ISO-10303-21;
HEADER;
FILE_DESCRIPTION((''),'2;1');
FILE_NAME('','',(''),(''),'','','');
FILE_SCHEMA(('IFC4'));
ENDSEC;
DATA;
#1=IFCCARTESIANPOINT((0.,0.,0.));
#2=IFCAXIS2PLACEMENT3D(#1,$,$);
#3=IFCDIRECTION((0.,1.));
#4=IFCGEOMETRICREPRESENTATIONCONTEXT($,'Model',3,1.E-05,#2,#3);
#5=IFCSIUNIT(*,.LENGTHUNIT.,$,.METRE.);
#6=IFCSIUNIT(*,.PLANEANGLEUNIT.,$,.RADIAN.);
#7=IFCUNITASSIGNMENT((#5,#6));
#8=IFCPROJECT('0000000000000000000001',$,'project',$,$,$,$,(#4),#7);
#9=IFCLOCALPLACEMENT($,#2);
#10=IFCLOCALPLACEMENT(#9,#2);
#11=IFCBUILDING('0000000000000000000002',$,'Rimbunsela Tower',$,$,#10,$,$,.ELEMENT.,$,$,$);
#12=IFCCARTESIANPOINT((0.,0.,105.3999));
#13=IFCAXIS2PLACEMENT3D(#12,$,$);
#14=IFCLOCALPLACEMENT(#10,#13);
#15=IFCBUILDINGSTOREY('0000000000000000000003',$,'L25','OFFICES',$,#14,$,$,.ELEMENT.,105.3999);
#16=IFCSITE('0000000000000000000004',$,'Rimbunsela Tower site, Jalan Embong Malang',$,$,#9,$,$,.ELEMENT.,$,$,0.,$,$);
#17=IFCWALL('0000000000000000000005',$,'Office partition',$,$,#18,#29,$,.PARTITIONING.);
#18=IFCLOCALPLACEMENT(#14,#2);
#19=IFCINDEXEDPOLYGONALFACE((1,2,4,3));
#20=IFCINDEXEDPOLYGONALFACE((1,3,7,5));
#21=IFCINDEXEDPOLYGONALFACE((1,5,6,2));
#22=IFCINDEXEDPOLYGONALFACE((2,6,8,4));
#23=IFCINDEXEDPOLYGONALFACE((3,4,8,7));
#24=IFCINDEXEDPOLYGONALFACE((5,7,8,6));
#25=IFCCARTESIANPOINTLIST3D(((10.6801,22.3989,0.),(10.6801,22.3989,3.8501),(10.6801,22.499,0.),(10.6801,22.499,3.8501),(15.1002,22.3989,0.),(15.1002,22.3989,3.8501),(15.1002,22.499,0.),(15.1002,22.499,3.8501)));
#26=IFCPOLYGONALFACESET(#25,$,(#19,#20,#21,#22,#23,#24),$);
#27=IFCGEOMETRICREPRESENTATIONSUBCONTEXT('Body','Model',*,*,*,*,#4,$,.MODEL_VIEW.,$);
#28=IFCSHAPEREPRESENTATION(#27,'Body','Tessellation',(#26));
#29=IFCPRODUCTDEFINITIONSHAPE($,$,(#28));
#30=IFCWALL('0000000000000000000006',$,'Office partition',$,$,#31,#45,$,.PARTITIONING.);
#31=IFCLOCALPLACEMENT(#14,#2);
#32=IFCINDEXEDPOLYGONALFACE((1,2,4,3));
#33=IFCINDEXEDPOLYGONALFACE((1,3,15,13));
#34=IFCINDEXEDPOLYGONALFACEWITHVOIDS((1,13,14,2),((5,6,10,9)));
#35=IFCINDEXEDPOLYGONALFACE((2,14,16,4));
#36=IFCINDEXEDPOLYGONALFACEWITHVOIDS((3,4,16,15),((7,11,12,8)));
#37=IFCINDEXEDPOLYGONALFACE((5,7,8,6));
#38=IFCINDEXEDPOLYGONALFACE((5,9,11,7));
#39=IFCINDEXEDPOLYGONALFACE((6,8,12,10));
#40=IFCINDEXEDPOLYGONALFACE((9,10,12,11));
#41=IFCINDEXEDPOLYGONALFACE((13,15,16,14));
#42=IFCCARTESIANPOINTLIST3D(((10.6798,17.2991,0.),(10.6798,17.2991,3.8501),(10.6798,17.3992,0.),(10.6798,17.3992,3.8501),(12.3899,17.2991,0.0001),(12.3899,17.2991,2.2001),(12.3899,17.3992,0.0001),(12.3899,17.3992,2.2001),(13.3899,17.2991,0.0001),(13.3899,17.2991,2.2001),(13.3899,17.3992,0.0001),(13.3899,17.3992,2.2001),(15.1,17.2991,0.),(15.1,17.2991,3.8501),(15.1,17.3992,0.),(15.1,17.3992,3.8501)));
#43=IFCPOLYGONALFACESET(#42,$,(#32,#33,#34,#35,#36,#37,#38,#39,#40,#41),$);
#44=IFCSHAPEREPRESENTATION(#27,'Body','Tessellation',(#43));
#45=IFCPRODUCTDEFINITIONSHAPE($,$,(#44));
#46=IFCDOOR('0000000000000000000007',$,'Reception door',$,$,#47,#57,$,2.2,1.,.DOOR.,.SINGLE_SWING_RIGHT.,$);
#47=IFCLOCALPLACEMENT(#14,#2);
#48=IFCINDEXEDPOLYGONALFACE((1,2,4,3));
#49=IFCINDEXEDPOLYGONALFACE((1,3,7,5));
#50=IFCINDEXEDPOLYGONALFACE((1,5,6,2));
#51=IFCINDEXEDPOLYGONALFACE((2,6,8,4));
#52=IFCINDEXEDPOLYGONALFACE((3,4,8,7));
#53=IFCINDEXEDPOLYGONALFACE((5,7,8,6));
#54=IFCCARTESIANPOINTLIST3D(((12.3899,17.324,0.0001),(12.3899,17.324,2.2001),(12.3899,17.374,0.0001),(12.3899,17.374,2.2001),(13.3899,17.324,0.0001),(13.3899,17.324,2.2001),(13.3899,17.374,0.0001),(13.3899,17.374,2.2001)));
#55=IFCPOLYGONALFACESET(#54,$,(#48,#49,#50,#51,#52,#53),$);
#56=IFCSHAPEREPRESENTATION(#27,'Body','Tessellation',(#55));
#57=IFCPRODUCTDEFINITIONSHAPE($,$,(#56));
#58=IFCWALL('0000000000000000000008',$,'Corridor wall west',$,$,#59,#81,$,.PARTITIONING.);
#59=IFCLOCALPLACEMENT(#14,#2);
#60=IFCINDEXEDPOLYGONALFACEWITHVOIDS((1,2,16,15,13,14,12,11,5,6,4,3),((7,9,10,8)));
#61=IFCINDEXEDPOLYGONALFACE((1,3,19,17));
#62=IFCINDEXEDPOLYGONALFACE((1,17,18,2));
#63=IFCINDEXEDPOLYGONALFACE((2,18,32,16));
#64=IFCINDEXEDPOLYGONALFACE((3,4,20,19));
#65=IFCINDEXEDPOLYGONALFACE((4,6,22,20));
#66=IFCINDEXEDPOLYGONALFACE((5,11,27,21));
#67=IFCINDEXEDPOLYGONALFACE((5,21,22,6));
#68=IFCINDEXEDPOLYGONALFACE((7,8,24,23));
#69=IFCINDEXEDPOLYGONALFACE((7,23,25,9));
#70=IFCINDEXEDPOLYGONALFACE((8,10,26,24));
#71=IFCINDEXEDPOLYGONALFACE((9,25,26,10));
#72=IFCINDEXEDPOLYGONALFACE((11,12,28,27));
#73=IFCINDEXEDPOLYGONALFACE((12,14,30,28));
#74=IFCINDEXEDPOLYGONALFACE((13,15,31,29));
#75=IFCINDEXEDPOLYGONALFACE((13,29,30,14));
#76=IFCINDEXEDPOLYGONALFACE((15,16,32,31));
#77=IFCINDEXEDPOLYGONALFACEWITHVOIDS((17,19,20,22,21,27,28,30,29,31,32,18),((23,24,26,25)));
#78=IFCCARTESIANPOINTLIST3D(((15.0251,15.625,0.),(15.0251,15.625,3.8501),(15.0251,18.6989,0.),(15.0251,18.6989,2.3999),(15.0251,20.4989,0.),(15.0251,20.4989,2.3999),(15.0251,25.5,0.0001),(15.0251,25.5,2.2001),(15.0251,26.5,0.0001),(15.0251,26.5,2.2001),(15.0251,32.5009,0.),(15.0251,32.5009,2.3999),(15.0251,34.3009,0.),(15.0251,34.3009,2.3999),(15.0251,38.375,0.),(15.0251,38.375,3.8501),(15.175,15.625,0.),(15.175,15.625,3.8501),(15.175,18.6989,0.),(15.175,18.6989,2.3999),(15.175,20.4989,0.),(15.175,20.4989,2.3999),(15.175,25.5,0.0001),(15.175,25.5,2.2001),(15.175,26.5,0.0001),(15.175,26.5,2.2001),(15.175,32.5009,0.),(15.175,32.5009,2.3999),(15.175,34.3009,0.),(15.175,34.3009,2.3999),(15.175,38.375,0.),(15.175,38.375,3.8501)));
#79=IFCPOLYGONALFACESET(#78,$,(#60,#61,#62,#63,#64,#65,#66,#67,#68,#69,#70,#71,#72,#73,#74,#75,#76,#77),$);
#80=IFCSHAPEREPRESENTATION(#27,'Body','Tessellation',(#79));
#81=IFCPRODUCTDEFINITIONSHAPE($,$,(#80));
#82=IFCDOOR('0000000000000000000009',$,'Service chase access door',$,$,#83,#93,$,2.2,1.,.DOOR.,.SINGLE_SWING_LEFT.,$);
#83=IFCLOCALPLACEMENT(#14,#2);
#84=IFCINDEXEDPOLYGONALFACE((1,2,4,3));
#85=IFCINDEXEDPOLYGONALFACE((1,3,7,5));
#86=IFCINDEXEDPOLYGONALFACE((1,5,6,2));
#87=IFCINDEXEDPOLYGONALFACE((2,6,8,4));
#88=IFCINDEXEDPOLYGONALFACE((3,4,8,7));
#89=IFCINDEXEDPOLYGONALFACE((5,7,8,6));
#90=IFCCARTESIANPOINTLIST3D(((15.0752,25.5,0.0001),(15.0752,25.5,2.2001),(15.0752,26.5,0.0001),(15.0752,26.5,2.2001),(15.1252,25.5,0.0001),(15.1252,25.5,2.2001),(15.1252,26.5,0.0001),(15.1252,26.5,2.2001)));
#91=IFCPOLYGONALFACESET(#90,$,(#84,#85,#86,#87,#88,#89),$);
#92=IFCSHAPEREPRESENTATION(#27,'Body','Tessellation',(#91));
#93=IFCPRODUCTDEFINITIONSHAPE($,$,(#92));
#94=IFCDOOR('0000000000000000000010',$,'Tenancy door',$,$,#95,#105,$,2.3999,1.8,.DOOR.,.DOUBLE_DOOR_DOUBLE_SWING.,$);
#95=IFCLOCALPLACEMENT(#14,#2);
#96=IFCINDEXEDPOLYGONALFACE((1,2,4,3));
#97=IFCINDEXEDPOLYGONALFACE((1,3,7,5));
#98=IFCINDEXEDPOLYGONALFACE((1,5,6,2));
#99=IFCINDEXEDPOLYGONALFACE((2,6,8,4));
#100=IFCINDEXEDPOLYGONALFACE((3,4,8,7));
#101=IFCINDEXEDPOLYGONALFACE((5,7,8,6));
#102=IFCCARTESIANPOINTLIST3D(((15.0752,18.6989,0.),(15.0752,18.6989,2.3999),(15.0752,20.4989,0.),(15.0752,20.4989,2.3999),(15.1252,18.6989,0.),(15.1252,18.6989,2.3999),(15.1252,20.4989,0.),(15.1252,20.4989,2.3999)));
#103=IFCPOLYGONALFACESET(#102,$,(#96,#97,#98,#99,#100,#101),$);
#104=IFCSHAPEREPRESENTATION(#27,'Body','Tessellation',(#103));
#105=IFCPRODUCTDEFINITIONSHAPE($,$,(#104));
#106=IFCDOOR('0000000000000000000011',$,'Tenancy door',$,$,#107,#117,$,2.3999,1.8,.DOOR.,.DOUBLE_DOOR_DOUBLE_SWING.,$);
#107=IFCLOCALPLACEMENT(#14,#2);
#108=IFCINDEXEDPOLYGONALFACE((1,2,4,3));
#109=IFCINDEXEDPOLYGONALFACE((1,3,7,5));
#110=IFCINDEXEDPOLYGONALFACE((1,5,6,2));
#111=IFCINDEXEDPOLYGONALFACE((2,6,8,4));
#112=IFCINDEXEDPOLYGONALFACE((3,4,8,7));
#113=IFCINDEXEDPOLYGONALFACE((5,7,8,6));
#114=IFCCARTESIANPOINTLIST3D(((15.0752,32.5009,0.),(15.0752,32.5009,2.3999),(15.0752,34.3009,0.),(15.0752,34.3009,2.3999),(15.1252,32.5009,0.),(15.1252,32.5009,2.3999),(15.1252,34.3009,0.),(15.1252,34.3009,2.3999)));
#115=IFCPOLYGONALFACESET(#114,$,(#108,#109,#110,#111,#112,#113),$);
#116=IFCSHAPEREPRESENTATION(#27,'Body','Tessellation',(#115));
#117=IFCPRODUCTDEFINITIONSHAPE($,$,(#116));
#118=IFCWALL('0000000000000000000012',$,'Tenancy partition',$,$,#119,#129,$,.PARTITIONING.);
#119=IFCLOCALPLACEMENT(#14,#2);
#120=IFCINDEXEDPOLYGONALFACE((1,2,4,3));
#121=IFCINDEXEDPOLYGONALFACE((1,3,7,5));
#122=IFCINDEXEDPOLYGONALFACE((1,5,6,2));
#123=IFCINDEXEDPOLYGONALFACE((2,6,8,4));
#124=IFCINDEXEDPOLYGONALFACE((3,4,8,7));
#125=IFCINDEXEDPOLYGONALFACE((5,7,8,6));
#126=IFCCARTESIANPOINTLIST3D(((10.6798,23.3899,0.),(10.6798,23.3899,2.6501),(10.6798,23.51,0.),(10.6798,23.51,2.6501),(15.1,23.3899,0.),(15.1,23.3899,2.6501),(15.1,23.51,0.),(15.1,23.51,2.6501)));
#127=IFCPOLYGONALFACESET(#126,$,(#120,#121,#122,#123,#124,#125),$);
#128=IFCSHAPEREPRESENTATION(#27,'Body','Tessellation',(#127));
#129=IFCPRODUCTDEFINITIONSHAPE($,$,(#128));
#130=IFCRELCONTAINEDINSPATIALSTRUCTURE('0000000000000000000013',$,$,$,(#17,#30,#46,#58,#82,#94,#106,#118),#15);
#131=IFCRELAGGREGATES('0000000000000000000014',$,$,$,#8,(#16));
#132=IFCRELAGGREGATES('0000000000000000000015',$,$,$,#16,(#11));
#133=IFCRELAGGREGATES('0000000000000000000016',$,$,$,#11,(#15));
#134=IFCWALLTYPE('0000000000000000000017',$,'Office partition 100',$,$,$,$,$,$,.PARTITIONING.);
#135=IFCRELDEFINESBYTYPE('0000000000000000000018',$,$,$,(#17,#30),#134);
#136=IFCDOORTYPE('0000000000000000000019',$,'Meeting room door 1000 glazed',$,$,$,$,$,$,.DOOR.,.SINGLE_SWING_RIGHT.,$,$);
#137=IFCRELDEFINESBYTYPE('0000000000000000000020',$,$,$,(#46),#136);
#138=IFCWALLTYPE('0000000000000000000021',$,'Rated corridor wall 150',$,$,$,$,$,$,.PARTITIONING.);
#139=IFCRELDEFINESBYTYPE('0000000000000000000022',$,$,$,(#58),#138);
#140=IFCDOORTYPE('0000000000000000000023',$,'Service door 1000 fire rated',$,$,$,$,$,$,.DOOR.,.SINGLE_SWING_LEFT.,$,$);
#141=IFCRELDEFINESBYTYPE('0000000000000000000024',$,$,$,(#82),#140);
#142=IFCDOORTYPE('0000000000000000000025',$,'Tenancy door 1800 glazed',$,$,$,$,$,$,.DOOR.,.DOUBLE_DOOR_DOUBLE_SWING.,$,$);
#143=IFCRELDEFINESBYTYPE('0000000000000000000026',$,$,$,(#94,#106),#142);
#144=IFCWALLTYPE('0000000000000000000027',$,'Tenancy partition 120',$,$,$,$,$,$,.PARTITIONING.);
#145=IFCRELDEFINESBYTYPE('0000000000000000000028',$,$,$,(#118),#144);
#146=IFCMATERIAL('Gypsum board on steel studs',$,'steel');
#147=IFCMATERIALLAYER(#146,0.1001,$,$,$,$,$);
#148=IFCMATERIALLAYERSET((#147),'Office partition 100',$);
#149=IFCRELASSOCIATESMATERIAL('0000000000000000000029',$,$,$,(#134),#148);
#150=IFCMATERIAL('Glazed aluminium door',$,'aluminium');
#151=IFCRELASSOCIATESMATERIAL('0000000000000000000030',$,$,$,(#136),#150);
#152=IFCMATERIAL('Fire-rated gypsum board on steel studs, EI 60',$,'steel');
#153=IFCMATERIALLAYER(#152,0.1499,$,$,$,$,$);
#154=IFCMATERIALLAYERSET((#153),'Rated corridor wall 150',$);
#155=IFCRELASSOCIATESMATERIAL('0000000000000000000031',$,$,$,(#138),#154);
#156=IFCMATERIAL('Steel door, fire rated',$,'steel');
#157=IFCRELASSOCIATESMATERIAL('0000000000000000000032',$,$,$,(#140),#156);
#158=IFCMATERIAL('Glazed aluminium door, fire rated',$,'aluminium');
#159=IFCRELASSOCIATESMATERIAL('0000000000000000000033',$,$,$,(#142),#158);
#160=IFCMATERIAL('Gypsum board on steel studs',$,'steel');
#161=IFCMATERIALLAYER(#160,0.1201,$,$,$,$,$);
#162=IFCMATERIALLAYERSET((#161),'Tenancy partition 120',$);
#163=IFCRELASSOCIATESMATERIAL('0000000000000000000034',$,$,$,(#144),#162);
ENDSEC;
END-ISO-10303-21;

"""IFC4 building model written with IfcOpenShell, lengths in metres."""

from ifc_helpers import new_model, si_unit, direction, frame, frame_2d, origin, place, context, subcontext, project, spatial, rectangle, extrude, material, layer, layer_set, type_object, element, fill, save


model = new_model("IFC4")

# Units and contexts
model_context = context("Model", 3, precision=1e-05, world=origin(), true_north=direction((0.0, 1.0)))
body_context = subcontext(model_context, "Body", "Model", "MODEL_VIEW")
ifc_project = project(units=[si_unit("LENGTHUNIT", "METRE"), si_unit("PLANEANGLEUNIT", "RADIAN")], contexts=[model_context])

# Site, building, storey
site_placement = place(None, origin())
site = spatial("IfcSite", under=ifc_project, at=site_placement, Name="Rimbunsela Tower site, Jalan Embong Malang", CompositionType="ELEMENT", RefElevation=0.0)
building_placement = place(site_placement, origin())
building = spatial("IfcBuilding", under=site, at=building_placement, Name="Rimbunsela Tower", CompositionType="ELEMENT")
storey_placement = place(building_placement, frame((0.0, 0.0, 105.3999)))
storey = spatial("IfcBuildingStorey", under=building, at=storey_placement, Name="L25", Description="OFFICES", CompositionType="ELEMENT", Elevation=105.3999)

# Shared definitions
ifc_material_1 = material(Name="Gypsum board on steel studs", Category="steel")
ifc_layer_1 = layer(ifc_material_1, 0.1001)
ifc_layer_set_1 = layer_set([ifc_layer_1], Name="Office partition 100")
wall_type_1 = type_object("IfcWallType", Name="Office partition 100", PredefinedType="PARTITIONING", material=ifc_layer_set_1)

# Wall
wall_1_placement = place(storey_placement, frame((15.1001, 22.449, 0.0), z_axis=(0.0, 0.0, 1.0), x_axis=(-1.0, 0.0, 0.0)))
element("IfcWall", 1, at=wall_1_placement, inside=storey, type_object=wall_type_1, Name="Office partition", PredefinedType="PARTITIONING", context=body_context, shape_type="SweptSolid", body=[
    extrude(rectangle(XDim=4.4202, YDim=0.1001, at=frame_2d((2.21, 0.0))), origin(), (0.0, 0.0, 1.0), 3.8501),
])

# Wall, opening, door
wall_2_placement = place(storey_placement, frame((10.6799, 17.3491, 0.0), z_axis=(0.0, 0.0, 1.0), x_axis=(1.0, 0.0, 0.0)))
wall_2 = element("IfcWall", 2, at=wall_2_placement, inside=storey, type_object=wall_type_1, Name="Office partition", PredefinedType="PARTITIONING", context=body_context, shape_type="SweptSolid", body=[
    extrude(rectangle(XDim=4.4202, YDim=0.1001, at=frame_2d((2.21, 0.0))), origin(), (0.0, 0.0, 1.0), 3.8501),
])
opening_1_placement = place(wall_2_placement, frame((1.71, 0.0, 0.0)))
opening_1 = element("IfcOpeningElement", 3, at=opening_1_placement, cuts=wall_2, PredefinedType="OPENING", context=body_context, shape_type="SweptSolid", body=[
    extrude(rectangle(XDim=1.0, YDim=2.2, at=frame_2d((0.5, 1.1001))), frame((0.0, 0.0601, 0.0), z_axis=(0.0, -1.0, 0.0), x_axis=(1.0, 0.0, 0.0)), (0.0, 0.0, 1.0), 0.1201),
])
ifc_material_2 = material(Name="Glazed aluminium door", Category="aluminium")
door_type_1 = type_object("IfcDoorType", Name="Meeting room door 1000 glazed", OperationType="SINGLE_SWING_RIGHT", PredefinedType="DOOR", material=ifc_material_2)
door_1_placement = place(opening_1_placement, origin())
door_1 = element("IfcDoor", 4, at=door_1_placement, inside=storey, type_object=door_type_1, Name="Reception door", OperationType="SINGLE_SWING_RIGHT", OverallHeight=2.2, OverallWidth=1.0, PredefinedType="DOOR", context=body_context, shape_type="SweptSolid", body=[
    extrude(rectangle(XDim=1.0, YDim=2.2, at=frame_2d((0.5, 1.1001))), frame((0.0, 0.0249, 0.0), z_axis=(0.0, -1.0, 0.0), x_axis=(1.0, 0.0, 0.0)), (0.0, 0.0, 1.0), 0.05),
])
fill(opening_1, door_1)

# Wall, openings, doors
ifc_material_3 = material(Name="Fire-rated gypsum board on steel studs, EI 60", Category="steel")
ifc_layer_2 = layer(ifc_material_3, 0.1499)
ifc_layer_set_2 = layer_set([ifc_layer_2], Name="Rated corridor wall 150")
wall_type_2 = type_object("IfcWallType", Name="Rated corridor wall 150", PredefinedType="PARTITIONING", material=ifc_layer_set_2)
wall_3_placement = place(storey_placement, frame((15.1001, 15.625, 0.0), z_axis=(0.0, 0.0, 1.0), x_axis=(0.0, 1.0, 0.0)))
wall_3 = element("IfcWall", 5, at=wall_3_placement, inside=storey, type_object=wall_type_2, Name="Corridor wall west", PredefinedType="PARTITIONING", context=body_context, shape_type="SweptSolid", body=[
    extrude(rectangle(XDim=22.75, YDim=0.1499, at=frame_2d((11.375, 0.0))), origin(), (0.0, 0.0, 1.0), 3.8501),
])
opening_2_placement = place(wall_3_placement, frame((3.074, 0.0, 0.0)))
opening_2 = element("IfcOpeningElement", 6, at=opening_2_placement, cuts=wall_3, PredefinedType="OPENING", context=body_context, shape_type="SweptSolid", body=[
    extrude(rectangle(XDim=1.8, YDim=2.3999, at=frame_2d((0.8999, 1.2))), frame((0.0, 0.085, 0.0), z_axis=(0.0, -1.0, 0.0), x_axis=(1.0, 0.0, 0.0)), (0.0, 0.0, 1.0), 0.1699),
])
opening_3_placement = place(wall_3_placement, frame((16.876, 0.0, 0.0)))
opening_3 = element("IfcOpeningElement", 7, at=opening_3_placement, cuts=wall_3, PredefinedType="OPENING", context=body_context, shape_type="SweptSolid", body=[
    extrude(rectangle(XDim=1.8, YDim=2.3999, at=frame_2d((0.8999, 1.2))), frame((0.0, 0.085, 0.0), z_axis=(0.0, -1.0, 0.0), x_axis=(1.0, 0.0, 0.0)), (0.0, 0.0, 1.0), 0.1699),
])
opening_4_placement = place(wall_3_placement, frame((9.875, 0.0, 0.0)))
opening_4 = element("IfcOpeningElement", 8, at=opening_4_placement, cuts=wall_3, PredefinedType="OPENING", context=body_context, shape_type="SweptSolid", body=[
    extrude(rectangle(XDim=1.0, YDim=2.2, at=frame_2d((0.5, 1.1001))), frame((0.0, 0.085, 0.0), z_axis=(0.0, -1.0, 0.0), x_axis=(1.0, 0.0, 0.0)), (0.0, 0.0, 1.0), 0.1699),
])
ifc_material_4 = material(Name="Steel door, fire rated", Category="steel")
door_type_2 = type_object("IfcDoorType", Name="Service door 1000 fire rated", OperationType="SINGLE_SWING_LEFT", PredefinedType="DOOR", material=ifc_material_4)
door_2_placement = place(opening_4_placement, origin())
door_2 = element("IfcDoor", 9, at=door_2_placement, inside=storey, type_object=door_type_2, Name="Service chase access door", OperationType="SINGLE_SWING_LEFT", OverallHeight=2.2, OverallWidth=1.0, PredefinedType="DOOR", context=body_context, shape_type="SweptSolid", body=[
    extrude(rectangle(XDim=1.0, YDim=2.2, at=frame_2d((0.5, 1.1001))), frame((0.0, 0.0249, 0.0), z_axis=(0.0, -1.0, 0.0), x_axis=(1.0, 0.0, 0.0)), (0.0, 0.0, 1.0), 0.05),
])
fill(opening_4, door_2)
ifc_material_5 = material(Name="Glazed aluminium door, fire rated", Category="aluminium")
door_type_3 = type_object("IfcDoorType", Name="Tenancy door 1800 glazed", OperationType="DOUBLE_DOOR_DOUBLE_SWING", PredefinedType="DOOR", material=ifc_material_5)
door_3_placement = place(opening_2_placement, origin())
door_3 = element("IfcDoor", 10, at=door_3_placement, inside=storey, type_object=door_type_3, Name="Tenancy door", OperationType="DOUBLE_DOOR_DOUBLE_SWING", OverallHeight=2.3999, OverallWidth=1.8, PredefinedType="DOOR", context=body_context, shape_type="SweptSolid", body=[
    extrude(rectangle(XDim=1.8, YDim=2.3999, at=frame_2d((0.8999, 1.2))), frame((0.0, 0.0249, 0.0), z_axis=(0.0, -1.0, 0.0), x_axis=(1.0, 0.0, 0.0)), (0.0, 0.0, 1.0), 0.05),
])
fill(opening_2, door_3)
door_4_placement = place(opening_3_placement, origin())
door_4 = element("IfcDoor", 11, at=door_4_placement, inside=storey, type_object=door_type_3, Name="Tenancy door", OperationType="DOUBLE_DOOR_DOUBLE_SWING", OverallHeight=2.3999, OverallWidth=1.8, PredefinedType="DOOR", context=body_context, shape_type="SweptSolid", body=[
    extrude(rectangle(XDim=1.8, YDim=2.3999, at=frame_2d((0.8999, 1.2))), frame((0.0, 0.0249, 0.0), z_axis=(0.0, -1.0, 0.0), x_axis=(1.0, 0.0, 0.0)), (0.0, 0.0, 1.0), 0.05),
])
fill(opening_3, door_4)

# Wall
ifc_material_6 = material(Name="Gypsum board on steel studs", Category="steel")
ifc_layer_3 = layer(ifc_material_6, 0.1201)
ifc_layer_set_3 = layer_set([ifc_layer_3], Name="Tenancy partition 120")
wall_type_3 = type_object("IfcWallType", Name="Tenancy partition 120", PredefinedType="PARTITIONING", material=ifc_layer_set_3)
wall_4_placement = place(storey_placement, frame((10.6799, 23.45, 0.0), z_axis=(0.0, 0.0, 1.0), x_axis=(1.0, 0.0, 0.0)))
element("IfcWall", 12, at=wall_4_placement, inside=storey, type_object=wall_type_3, Name="Tenancy partition", PredefinedType="PARTITIONING", context=body_context, shape_type="SweptSolid", body=[
    extrude(rectangle(XDim=4.4202, YDim=0.1201, at=frame_2d((2.21, 0.0))), origin(), (0.0, 0.0, 1.0), 2.6501),
])

save(model, "model.ifc")
